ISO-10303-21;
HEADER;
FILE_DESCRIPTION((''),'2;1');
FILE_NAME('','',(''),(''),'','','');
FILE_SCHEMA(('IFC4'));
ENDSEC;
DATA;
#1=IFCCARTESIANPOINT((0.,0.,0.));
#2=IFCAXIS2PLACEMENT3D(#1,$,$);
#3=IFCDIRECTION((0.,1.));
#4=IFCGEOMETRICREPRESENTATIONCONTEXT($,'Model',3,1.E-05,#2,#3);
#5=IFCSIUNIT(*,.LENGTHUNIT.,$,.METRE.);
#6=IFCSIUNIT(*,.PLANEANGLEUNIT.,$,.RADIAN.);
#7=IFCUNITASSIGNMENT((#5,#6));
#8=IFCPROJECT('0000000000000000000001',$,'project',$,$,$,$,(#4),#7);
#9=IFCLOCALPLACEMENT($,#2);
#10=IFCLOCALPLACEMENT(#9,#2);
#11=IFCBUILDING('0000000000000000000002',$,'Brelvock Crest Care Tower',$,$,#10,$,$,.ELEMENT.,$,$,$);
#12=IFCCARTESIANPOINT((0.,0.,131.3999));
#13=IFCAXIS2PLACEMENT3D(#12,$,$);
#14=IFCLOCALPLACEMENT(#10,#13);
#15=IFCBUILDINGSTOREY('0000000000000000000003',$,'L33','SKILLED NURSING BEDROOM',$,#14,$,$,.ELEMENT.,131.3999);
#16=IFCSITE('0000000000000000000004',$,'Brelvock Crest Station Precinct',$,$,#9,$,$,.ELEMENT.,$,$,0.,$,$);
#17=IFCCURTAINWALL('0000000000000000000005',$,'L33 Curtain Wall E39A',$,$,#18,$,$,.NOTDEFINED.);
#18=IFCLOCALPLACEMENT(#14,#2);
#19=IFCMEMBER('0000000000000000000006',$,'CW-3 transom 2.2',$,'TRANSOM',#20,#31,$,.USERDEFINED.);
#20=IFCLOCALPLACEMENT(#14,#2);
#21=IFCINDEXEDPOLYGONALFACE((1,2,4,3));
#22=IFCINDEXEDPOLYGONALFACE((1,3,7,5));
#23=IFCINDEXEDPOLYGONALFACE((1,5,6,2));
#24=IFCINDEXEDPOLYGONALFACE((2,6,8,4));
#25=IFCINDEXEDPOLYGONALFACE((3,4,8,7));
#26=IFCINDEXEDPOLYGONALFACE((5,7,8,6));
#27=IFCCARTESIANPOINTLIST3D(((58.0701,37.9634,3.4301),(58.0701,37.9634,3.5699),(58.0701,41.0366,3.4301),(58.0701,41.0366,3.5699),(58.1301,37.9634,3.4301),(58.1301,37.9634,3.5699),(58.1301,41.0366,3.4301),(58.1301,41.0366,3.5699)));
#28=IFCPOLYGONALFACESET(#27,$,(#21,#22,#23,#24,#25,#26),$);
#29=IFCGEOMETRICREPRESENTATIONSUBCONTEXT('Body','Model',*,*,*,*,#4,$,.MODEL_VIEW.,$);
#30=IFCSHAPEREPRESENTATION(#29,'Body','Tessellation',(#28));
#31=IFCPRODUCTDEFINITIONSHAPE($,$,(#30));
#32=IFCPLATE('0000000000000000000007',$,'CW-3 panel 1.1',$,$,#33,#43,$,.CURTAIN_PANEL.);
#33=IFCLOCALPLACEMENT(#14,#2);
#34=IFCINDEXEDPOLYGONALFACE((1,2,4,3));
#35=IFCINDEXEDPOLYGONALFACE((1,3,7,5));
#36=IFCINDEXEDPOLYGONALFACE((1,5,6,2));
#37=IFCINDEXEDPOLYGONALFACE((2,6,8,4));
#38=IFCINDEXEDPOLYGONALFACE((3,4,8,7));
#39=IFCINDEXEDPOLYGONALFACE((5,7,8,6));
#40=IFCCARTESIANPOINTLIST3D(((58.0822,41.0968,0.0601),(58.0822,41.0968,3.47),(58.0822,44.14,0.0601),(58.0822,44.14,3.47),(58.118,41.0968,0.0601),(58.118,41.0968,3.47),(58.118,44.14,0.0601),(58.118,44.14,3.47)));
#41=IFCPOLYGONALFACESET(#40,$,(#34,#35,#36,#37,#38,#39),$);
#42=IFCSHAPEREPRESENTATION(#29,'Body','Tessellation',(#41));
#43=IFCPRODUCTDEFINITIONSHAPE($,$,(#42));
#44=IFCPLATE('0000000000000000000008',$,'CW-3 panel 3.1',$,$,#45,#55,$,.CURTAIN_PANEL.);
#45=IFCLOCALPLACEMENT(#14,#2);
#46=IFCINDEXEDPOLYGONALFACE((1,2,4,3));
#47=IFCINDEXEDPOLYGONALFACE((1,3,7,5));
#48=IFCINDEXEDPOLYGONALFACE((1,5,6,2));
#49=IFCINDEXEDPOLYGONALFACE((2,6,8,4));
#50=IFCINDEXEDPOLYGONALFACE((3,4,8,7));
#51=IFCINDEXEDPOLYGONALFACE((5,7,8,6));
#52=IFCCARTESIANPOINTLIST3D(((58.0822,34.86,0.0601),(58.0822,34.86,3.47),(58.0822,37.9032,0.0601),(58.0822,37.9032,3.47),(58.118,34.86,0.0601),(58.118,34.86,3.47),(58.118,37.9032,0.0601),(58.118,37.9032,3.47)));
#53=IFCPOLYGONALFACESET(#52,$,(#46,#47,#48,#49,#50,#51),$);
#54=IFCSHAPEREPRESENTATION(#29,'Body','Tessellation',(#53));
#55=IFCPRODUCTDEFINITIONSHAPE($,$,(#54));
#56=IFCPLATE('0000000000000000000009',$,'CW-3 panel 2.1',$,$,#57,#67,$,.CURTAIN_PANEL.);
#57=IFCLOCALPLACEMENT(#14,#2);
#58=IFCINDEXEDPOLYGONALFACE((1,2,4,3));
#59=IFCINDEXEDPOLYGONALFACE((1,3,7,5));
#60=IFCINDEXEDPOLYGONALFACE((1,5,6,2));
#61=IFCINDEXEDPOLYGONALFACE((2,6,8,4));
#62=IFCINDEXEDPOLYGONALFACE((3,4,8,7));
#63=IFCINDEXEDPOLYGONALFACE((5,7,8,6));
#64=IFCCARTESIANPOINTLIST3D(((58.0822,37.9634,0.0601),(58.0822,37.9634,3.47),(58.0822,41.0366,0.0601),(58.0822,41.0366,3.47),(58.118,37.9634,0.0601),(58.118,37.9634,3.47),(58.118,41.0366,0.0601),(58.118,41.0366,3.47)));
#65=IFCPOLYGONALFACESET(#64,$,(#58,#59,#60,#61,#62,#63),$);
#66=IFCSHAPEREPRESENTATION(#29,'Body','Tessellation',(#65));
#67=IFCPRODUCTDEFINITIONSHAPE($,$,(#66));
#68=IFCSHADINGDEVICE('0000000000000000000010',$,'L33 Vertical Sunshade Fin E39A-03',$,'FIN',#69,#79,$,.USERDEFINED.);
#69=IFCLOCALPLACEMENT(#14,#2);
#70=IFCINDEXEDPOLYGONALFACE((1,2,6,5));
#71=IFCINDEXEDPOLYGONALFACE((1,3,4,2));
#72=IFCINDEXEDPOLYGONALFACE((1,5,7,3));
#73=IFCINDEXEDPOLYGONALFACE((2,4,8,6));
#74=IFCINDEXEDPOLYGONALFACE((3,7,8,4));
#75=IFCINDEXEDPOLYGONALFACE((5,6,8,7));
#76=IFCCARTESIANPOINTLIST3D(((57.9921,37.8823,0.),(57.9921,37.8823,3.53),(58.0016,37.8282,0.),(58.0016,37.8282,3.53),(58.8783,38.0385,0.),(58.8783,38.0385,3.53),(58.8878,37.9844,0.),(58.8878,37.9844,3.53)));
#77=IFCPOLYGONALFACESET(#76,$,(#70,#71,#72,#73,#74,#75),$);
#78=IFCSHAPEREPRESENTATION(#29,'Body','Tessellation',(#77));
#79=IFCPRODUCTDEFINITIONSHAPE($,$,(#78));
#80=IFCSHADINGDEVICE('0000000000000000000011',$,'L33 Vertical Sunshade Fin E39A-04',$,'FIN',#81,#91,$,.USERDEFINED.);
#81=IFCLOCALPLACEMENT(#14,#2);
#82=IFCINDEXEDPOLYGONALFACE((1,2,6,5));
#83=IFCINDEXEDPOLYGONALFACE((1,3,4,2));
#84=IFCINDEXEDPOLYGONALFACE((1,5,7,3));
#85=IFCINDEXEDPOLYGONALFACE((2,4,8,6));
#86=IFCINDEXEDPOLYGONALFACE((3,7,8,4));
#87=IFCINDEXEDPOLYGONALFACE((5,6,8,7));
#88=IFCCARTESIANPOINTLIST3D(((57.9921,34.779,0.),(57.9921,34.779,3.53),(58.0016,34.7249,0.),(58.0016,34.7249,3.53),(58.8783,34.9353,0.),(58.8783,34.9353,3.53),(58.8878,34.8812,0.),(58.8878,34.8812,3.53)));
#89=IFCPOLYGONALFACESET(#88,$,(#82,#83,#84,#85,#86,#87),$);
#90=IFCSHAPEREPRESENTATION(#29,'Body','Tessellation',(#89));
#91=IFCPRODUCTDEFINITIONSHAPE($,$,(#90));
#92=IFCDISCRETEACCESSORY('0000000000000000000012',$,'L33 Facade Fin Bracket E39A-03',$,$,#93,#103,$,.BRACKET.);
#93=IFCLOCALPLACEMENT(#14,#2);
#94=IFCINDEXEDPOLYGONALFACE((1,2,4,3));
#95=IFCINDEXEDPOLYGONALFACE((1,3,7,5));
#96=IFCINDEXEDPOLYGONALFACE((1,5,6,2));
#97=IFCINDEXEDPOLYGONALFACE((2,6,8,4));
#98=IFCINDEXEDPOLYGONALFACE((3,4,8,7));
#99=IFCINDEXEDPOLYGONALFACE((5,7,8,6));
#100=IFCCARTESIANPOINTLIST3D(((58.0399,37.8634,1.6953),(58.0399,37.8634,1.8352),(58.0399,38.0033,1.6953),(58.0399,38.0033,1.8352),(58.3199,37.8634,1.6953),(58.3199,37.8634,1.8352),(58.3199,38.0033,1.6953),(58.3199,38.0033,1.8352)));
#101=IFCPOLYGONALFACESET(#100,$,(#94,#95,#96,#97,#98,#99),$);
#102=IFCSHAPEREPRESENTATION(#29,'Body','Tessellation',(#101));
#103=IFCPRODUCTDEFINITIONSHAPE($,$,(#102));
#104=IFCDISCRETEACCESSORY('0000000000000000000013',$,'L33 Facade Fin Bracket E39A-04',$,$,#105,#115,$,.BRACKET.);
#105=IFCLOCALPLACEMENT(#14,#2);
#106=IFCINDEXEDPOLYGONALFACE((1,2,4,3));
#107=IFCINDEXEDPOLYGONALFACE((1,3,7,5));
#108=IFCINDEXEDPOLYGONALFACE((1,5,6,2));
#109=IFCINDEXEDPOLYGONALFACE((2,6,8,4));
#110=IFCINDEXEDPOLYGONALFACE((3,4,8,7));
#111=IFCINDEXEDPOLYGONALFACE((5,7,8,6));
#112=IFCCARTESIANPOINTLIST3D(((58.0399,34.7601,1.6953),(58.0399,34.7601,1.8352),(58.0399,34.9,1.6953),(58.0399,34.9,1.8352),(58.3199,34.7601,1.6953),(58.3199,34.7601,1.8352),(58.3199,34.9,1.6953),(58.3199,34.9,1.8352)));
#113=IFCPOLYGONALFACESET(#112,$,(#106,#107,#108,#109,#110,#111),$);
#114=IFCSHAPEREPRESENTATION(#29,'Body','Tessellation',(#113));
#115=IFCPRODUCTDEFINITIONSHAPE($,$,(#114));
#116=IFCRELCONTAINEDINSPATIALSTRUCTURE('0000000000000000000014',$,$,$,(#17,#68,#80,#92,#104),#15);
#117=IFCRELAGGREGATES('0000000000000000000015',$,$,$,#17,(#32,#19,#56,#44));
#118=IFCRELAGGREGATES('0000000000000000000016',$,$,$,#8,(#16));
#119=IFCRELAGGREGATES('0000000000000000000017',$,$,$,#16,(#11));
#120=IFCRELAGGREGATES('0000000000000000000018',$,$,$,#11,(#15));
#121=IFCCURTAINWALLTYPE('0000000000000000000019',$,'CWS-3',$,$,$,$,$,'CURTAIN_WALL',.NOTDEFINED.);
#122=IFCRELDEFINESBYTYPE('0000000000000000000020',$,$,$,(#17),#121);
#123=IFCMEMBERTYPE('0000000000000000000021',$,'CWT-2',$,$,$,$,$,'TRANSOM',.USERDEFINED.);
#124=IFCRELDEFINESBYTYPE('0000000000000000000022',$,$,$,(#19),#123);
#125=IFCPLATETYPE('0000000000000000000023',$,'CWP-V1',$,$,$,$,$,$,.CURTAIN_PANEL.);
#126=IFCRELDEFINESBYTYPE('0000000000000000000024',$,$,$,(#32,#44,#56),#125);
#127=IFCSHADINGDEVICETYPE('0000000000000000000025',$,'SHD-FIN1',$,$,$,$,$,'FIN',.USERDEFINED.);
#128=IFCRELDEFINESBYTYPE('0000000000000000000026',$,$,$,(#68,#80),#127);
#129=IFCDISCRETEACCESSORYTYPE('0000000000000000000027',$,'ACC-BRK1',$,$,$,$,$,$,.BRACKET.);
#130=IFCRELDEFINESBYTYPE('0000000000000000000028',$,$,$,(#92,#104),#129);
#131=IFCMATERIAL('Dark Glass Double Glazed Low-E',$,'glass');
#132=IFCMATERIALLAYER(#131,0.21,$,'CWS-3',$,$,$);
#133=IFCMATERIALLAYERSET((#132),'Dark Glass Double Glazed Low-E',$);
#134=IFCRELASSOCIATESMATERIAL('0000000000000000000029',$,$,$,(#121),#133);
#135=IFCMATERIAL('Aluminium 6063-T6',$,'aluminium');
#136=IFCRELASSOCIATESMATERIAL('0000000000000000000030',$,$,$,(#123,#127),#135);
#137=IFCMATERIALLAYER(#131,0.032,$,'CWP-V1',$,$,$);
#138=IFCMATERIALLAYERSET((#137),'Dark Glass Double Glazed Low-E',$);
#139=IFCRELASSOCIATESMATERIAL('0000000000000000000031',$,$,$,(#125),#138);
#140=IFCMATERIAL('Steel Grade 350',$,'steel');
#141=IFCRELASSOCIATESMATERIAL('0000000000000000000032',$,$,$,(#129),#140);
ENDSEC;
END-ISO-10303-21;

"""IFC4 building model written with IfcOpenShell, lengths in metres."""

from ifc_helpers import new_model, si_unit, direction, frame, origin, origin_2d, place, context, subcontext, project, spatial, rectangle, extrude, source, transform, mapped, material, layer, layer_set, material_profile, profile_set, type_object, element, aggregate, save


model = new_model("IFC4")

# Units and contexts
model_context = context("Model", 3, precision=1e-05, world=origin(), true_north=direction((0.0, 1.0)))
body_context = subcontext(model_context, "Body", "Model", "MODEL_VIEW")
ifc_project = project(units=[si_unit("LENGTHUNIT", "METRE"), si_unit("PLANEANGLEUNIT", "RADIAN")], contexts=[model_context])

# Site, building, storey
site_placement = place(None, origin())
site = spatial("IfcSite", under=ifc_project, at=site_placement, Name="Brelvock Crest Station Precinct", CompositionType="ELEMENT", RefElevation=0.0)
building_placement = place(site_placement, origin())
building = spatial("IfcBuilding", under=site, at=building_placement, Name="Brelvock Crest Care Tower", CompositionType="ELEMENT")
storey_placement = place(building_placement, frame((0.0, 0.0, 131.3999)))
storey = spatial("IfcBuildingStorey", under=building, at=storey_placement, Name="L33", Description="SKILLED NURSING BEDROOM", CompositionType="ELEMENT", Elevation=131.3999)

# Shared definitions
ifc_material_1 = material(Name="Steel Grade 350", Category="steel")

# Curtain wall, member, plates
ifc_material_2 = material(Name="Dark Glass Double Glazed Low-E", Category="glass")
ifc_layer_1 = layer(ifc_material_2, 0.21, Name="CWS-3")
ifc_layer_set_1 = layer_set([ifc_layer_1], Name="Dark Glass Double Glazed Low-E")
curtain_wall_type = type_object("IfcCurtainWallType", Name="CWS-3", ElementType="CURTAIN_WALL", PredefinedType="NOTDEFINED", material=ifc_layer_set_1)
curtain_wall_placement = place(storey_placement, origin())
curtain_wall = element("IfcCurtainWall", 1, at=curtain_wall_placement, inside=storey, type_object=curtain_wall_type, Name="L33 Curtain Wall E39A", PredefinedType="NOTDEFINED")
ifc_material_3 = material(Name="Aluminium 6063-T6", Category="aluminium")
ifc_material_profile_1 = material_profile(ifc_material_3, rectangle(XDim=0.0601, YDim=0.1399, at=origin_2d()), Name="ALU60x140")
ifc_profile_set_1 = profile_set([ifc_material_profile_1], Name="Aluminium 6063-T6")
member_type_1 = type_object("IfcMemberType", Name="CWT-2", ElementType="TRANSOM", PredefinedType="USERDEFINED", material=ifc_profile_set_1)
shared_shape_1 = source(origin(), body_context, "Body", "SweptSolid", [
    extrude(rectangle(XDim=0.0601, YDim=0.1399, at=origin_2d()), origin(), (0.0, 0.0, 1.0), 3.0732),
])
member_1_placement = place(storey_placement, frame((58.1001, 41.0366, 3.5), z_axis=(0.0, -1.0, 0.0), x_axis=(1.0, 0.0, 0.0)))
member_1 = element("IfcMember", 2, at=member_1_placement, type_object=member_type_1, Name="CW-3 transom 2.2", ObjectType="TRANSOM", PredefinedType="USERDEFINED", context=body_context, shape_type="MappedRepresentation", body=[
    mapped(shared_shape_1, transform((0.0, 0.0, 0.0), x_axis=(1.0, 0.0, 0.0), y_axis=(0.0, 1.0, 0.0), z_axis=(0.0, 0.0, 1.0), scale=1.0)),
])
ifc_layer_2 = layer(ifc_material_2, 0.032, Name="CWP-V1")
ifc_layer_set_2 = layer_set([ifc_layer_2], Name="Dark Glass Double Glazed Low-E")
plate_type = type_object("IfcPlateType", Name="CWP-V1", PredefinedType="CURTAIN_PANEL", material=ifc_layer_set_2)
shared_shape_2 = source(origin(), body_context, "Body", "SweptSolid", [
    extrude(rectangle(XDim=3.0432, YDim=0.0359, at=origin_2d()), origin(), (0.0, 0.0, 1.0), 3.4099),
])
plate_1_placement = place(storey_placement, frame((58.1001, 42.6184, 0.0601), z_axis=(0.0, 0.0, 1.0), x_axis=(0.0, -1.0, 0.0)))
plate_1 = element("IfcPlate", 3, at=plate_1_placement, type_object=plate_type, Name="CW-3 panel 1.1", PredefinedType="CURTAIN_PANEL", context=body_context, shape_type="MappedRepresentation", body=[
    mapped(shared_shape_2, transform((0.0, 0.0, 0.0), x_axis=(1.0, 0.0, 0.0), y_axis=(0.0, 1.0, 0.0), z_axis=(0.0, 0.0, 1.0), scale=1.0)),
])
plate_2_placement = place(storey_placement, frame((58.1001, 36.3816, 0.0601), z_axis=(0.0, 0.0, 1.0), x_axis=(0.0, -1.0, 0.0)))
plate_2 = element("IfcPlate", 4, at=plate_2_placement, type_object=plate_type, Name="CW-3 panel 3.1", PredefinedType="CURTAIN_PANEL", context=body_context, shape_type="MappedRepresentation", body=[
    mapped(shared_shape_2, transform((0.0, 0.0, 0.0), x_axis=(1.0, 0.0, 0.0), y_axis=(0.0, 1.0, 0.0), z_axis=(0.0, 0.0, 1.0), scale=1.0)),
])
shared_shape_3 = source(origin(), body_context, "Body", "SweptSolid", [
    extrude(rectangle(XDim=3.0732, YDim=0.0359, at=origin_2d()), origin(), (0.0, 0.0, 1.0), 3.4099),
])
plate_3_placement = place(storey_placement, frame((58.1001, 39.5, 0.0601), z_axis=(0.0, 0.0, 1.0), x_axis=(0.0, -1.0, 0.0)))
plate_3 = element("IfcPlate", 5, at=plate_3_placement, type_object=plate_type, Name="CW-3 panel 2.1", PredefinedType="CURTAIN_PANEL", context=body_context, shape_type="MappedRepresentation", body=[
    mapped(shared_shape_3, transform((0.0, 0.0, 0.0), x_axis=(1.0, 0.0, 0.0), y_axis=(0.0, 1.0, 0.0), z_axis=(0.0, 0.0, 1.0), scale=1.0)),
])
aggregate(curtain_wall, [plate_1, member_1, plate_3, plate_2])

# Shading devices
ifc_material_profile_2 = material_profile(ifc_material_3, rectangle(XDim=0.0549, YDim=0.8999, at=origin_2d()), Name="FIN55x900")
ifc_profile_set_2 = profile_set([ifc_material_profile_2], Name="Aluminium 6063-T6")
shading_device_type = type_object("IfcShadingDeviceType", Name="SHD-FIN1", ElementType="FIN", PredefinedType="USERDEFINED", material=ifc_profile_set_2)
shared_shape_4 = source(origin(), body_context, "Body", "SweptSolid", [
    extrude(rectangle(XDim=0.0549, YDim=0.8999, at=origin_2d()), origin(), (0.0, 0.0, 1.0), 3.53),
])
for number, where, z_axis, x_axis, name in (
    (6, (58.4399, 37.9333, 0.0), (0.0, 0.0, 1.0), (0.173648, -0.984808, 0.0), "L33 Vertical Sunshade Fin E39A-03"),
    (7, (58.4399, 34.8301, 0.0), (0.0, 0.0, 1.0), (0.173648, -0.984808, 0.0), "L33 Vertical Sunshade Fin E39A-04"),
):
    element("IfcShadingDevice", number, at=place(storey_placement, frame(where, z_axis=z_axis, x_axis=x_axis)), inside=storey, type_object=shading_device_type, Name=name, ObjectType="FIN", PredefinedType="USERDEFINED", context=body_context, shape_type="MappedRepresentation", body=[
        mapped(shared_shape_4, transform((0.0, 0.0, 0.0), x_axis=(1.0, 0.0, 0.0), y_axis=(0.0, 1.0, 0.0), z_axis=(0.0, 0.0, 1.0), scale=1.0)),
    ])

# Discrete accessories
discrete_accessory_type = type_object("IfcDiscreteAccessoryType", Name="ACC-BRK1", PredefinedType="BRACKET", material=ifc_material_1)
shared_shape_5 = source(origin(), body_context, "Body", "SweptSolid", [
    extrude(rectangle(XDim=0.28, YDim=0.1399, at=origin_2d()), origin(), (0.0, 0.0, 1.0), 0.1399),
])
for number, where, z_axis, x_axis, name in (
    (8, (58.1799, 37.9333, 1.6953), (0.0, 0.0, 1.0), (1.0, 0.0, 0.0), "L33 Facade Fin Bracket E39A-03"),
    (9, (58.1799, 34.8301, 1.6953), (0.0, 0.0, 1.0), (1.0, 0.0, 0.0), "L33 Facade Fin Bracket E39A-04"),
):
    element("IfcDiscreteAccessory", number, at=place(storey_placement, frame(where, z_axis=z_axis, x_axis=x_axis)), inside=storey, type_object=discrete_accessory_type, Name=name, PredefinedType="BRACKET", context=body_context, shape_type="MappedRepresentation", body=[
        mapped(shared_shape_5, transform((0.0, 0.0, 0.0), x_axis=(1.0, 0.0, 0.0), y_axis=(0.0, 1.0, 0.0), z_axis=(0.0, 0.0, 1.0), scale=1.0)),
    ])

save(model, "model.ifc")
